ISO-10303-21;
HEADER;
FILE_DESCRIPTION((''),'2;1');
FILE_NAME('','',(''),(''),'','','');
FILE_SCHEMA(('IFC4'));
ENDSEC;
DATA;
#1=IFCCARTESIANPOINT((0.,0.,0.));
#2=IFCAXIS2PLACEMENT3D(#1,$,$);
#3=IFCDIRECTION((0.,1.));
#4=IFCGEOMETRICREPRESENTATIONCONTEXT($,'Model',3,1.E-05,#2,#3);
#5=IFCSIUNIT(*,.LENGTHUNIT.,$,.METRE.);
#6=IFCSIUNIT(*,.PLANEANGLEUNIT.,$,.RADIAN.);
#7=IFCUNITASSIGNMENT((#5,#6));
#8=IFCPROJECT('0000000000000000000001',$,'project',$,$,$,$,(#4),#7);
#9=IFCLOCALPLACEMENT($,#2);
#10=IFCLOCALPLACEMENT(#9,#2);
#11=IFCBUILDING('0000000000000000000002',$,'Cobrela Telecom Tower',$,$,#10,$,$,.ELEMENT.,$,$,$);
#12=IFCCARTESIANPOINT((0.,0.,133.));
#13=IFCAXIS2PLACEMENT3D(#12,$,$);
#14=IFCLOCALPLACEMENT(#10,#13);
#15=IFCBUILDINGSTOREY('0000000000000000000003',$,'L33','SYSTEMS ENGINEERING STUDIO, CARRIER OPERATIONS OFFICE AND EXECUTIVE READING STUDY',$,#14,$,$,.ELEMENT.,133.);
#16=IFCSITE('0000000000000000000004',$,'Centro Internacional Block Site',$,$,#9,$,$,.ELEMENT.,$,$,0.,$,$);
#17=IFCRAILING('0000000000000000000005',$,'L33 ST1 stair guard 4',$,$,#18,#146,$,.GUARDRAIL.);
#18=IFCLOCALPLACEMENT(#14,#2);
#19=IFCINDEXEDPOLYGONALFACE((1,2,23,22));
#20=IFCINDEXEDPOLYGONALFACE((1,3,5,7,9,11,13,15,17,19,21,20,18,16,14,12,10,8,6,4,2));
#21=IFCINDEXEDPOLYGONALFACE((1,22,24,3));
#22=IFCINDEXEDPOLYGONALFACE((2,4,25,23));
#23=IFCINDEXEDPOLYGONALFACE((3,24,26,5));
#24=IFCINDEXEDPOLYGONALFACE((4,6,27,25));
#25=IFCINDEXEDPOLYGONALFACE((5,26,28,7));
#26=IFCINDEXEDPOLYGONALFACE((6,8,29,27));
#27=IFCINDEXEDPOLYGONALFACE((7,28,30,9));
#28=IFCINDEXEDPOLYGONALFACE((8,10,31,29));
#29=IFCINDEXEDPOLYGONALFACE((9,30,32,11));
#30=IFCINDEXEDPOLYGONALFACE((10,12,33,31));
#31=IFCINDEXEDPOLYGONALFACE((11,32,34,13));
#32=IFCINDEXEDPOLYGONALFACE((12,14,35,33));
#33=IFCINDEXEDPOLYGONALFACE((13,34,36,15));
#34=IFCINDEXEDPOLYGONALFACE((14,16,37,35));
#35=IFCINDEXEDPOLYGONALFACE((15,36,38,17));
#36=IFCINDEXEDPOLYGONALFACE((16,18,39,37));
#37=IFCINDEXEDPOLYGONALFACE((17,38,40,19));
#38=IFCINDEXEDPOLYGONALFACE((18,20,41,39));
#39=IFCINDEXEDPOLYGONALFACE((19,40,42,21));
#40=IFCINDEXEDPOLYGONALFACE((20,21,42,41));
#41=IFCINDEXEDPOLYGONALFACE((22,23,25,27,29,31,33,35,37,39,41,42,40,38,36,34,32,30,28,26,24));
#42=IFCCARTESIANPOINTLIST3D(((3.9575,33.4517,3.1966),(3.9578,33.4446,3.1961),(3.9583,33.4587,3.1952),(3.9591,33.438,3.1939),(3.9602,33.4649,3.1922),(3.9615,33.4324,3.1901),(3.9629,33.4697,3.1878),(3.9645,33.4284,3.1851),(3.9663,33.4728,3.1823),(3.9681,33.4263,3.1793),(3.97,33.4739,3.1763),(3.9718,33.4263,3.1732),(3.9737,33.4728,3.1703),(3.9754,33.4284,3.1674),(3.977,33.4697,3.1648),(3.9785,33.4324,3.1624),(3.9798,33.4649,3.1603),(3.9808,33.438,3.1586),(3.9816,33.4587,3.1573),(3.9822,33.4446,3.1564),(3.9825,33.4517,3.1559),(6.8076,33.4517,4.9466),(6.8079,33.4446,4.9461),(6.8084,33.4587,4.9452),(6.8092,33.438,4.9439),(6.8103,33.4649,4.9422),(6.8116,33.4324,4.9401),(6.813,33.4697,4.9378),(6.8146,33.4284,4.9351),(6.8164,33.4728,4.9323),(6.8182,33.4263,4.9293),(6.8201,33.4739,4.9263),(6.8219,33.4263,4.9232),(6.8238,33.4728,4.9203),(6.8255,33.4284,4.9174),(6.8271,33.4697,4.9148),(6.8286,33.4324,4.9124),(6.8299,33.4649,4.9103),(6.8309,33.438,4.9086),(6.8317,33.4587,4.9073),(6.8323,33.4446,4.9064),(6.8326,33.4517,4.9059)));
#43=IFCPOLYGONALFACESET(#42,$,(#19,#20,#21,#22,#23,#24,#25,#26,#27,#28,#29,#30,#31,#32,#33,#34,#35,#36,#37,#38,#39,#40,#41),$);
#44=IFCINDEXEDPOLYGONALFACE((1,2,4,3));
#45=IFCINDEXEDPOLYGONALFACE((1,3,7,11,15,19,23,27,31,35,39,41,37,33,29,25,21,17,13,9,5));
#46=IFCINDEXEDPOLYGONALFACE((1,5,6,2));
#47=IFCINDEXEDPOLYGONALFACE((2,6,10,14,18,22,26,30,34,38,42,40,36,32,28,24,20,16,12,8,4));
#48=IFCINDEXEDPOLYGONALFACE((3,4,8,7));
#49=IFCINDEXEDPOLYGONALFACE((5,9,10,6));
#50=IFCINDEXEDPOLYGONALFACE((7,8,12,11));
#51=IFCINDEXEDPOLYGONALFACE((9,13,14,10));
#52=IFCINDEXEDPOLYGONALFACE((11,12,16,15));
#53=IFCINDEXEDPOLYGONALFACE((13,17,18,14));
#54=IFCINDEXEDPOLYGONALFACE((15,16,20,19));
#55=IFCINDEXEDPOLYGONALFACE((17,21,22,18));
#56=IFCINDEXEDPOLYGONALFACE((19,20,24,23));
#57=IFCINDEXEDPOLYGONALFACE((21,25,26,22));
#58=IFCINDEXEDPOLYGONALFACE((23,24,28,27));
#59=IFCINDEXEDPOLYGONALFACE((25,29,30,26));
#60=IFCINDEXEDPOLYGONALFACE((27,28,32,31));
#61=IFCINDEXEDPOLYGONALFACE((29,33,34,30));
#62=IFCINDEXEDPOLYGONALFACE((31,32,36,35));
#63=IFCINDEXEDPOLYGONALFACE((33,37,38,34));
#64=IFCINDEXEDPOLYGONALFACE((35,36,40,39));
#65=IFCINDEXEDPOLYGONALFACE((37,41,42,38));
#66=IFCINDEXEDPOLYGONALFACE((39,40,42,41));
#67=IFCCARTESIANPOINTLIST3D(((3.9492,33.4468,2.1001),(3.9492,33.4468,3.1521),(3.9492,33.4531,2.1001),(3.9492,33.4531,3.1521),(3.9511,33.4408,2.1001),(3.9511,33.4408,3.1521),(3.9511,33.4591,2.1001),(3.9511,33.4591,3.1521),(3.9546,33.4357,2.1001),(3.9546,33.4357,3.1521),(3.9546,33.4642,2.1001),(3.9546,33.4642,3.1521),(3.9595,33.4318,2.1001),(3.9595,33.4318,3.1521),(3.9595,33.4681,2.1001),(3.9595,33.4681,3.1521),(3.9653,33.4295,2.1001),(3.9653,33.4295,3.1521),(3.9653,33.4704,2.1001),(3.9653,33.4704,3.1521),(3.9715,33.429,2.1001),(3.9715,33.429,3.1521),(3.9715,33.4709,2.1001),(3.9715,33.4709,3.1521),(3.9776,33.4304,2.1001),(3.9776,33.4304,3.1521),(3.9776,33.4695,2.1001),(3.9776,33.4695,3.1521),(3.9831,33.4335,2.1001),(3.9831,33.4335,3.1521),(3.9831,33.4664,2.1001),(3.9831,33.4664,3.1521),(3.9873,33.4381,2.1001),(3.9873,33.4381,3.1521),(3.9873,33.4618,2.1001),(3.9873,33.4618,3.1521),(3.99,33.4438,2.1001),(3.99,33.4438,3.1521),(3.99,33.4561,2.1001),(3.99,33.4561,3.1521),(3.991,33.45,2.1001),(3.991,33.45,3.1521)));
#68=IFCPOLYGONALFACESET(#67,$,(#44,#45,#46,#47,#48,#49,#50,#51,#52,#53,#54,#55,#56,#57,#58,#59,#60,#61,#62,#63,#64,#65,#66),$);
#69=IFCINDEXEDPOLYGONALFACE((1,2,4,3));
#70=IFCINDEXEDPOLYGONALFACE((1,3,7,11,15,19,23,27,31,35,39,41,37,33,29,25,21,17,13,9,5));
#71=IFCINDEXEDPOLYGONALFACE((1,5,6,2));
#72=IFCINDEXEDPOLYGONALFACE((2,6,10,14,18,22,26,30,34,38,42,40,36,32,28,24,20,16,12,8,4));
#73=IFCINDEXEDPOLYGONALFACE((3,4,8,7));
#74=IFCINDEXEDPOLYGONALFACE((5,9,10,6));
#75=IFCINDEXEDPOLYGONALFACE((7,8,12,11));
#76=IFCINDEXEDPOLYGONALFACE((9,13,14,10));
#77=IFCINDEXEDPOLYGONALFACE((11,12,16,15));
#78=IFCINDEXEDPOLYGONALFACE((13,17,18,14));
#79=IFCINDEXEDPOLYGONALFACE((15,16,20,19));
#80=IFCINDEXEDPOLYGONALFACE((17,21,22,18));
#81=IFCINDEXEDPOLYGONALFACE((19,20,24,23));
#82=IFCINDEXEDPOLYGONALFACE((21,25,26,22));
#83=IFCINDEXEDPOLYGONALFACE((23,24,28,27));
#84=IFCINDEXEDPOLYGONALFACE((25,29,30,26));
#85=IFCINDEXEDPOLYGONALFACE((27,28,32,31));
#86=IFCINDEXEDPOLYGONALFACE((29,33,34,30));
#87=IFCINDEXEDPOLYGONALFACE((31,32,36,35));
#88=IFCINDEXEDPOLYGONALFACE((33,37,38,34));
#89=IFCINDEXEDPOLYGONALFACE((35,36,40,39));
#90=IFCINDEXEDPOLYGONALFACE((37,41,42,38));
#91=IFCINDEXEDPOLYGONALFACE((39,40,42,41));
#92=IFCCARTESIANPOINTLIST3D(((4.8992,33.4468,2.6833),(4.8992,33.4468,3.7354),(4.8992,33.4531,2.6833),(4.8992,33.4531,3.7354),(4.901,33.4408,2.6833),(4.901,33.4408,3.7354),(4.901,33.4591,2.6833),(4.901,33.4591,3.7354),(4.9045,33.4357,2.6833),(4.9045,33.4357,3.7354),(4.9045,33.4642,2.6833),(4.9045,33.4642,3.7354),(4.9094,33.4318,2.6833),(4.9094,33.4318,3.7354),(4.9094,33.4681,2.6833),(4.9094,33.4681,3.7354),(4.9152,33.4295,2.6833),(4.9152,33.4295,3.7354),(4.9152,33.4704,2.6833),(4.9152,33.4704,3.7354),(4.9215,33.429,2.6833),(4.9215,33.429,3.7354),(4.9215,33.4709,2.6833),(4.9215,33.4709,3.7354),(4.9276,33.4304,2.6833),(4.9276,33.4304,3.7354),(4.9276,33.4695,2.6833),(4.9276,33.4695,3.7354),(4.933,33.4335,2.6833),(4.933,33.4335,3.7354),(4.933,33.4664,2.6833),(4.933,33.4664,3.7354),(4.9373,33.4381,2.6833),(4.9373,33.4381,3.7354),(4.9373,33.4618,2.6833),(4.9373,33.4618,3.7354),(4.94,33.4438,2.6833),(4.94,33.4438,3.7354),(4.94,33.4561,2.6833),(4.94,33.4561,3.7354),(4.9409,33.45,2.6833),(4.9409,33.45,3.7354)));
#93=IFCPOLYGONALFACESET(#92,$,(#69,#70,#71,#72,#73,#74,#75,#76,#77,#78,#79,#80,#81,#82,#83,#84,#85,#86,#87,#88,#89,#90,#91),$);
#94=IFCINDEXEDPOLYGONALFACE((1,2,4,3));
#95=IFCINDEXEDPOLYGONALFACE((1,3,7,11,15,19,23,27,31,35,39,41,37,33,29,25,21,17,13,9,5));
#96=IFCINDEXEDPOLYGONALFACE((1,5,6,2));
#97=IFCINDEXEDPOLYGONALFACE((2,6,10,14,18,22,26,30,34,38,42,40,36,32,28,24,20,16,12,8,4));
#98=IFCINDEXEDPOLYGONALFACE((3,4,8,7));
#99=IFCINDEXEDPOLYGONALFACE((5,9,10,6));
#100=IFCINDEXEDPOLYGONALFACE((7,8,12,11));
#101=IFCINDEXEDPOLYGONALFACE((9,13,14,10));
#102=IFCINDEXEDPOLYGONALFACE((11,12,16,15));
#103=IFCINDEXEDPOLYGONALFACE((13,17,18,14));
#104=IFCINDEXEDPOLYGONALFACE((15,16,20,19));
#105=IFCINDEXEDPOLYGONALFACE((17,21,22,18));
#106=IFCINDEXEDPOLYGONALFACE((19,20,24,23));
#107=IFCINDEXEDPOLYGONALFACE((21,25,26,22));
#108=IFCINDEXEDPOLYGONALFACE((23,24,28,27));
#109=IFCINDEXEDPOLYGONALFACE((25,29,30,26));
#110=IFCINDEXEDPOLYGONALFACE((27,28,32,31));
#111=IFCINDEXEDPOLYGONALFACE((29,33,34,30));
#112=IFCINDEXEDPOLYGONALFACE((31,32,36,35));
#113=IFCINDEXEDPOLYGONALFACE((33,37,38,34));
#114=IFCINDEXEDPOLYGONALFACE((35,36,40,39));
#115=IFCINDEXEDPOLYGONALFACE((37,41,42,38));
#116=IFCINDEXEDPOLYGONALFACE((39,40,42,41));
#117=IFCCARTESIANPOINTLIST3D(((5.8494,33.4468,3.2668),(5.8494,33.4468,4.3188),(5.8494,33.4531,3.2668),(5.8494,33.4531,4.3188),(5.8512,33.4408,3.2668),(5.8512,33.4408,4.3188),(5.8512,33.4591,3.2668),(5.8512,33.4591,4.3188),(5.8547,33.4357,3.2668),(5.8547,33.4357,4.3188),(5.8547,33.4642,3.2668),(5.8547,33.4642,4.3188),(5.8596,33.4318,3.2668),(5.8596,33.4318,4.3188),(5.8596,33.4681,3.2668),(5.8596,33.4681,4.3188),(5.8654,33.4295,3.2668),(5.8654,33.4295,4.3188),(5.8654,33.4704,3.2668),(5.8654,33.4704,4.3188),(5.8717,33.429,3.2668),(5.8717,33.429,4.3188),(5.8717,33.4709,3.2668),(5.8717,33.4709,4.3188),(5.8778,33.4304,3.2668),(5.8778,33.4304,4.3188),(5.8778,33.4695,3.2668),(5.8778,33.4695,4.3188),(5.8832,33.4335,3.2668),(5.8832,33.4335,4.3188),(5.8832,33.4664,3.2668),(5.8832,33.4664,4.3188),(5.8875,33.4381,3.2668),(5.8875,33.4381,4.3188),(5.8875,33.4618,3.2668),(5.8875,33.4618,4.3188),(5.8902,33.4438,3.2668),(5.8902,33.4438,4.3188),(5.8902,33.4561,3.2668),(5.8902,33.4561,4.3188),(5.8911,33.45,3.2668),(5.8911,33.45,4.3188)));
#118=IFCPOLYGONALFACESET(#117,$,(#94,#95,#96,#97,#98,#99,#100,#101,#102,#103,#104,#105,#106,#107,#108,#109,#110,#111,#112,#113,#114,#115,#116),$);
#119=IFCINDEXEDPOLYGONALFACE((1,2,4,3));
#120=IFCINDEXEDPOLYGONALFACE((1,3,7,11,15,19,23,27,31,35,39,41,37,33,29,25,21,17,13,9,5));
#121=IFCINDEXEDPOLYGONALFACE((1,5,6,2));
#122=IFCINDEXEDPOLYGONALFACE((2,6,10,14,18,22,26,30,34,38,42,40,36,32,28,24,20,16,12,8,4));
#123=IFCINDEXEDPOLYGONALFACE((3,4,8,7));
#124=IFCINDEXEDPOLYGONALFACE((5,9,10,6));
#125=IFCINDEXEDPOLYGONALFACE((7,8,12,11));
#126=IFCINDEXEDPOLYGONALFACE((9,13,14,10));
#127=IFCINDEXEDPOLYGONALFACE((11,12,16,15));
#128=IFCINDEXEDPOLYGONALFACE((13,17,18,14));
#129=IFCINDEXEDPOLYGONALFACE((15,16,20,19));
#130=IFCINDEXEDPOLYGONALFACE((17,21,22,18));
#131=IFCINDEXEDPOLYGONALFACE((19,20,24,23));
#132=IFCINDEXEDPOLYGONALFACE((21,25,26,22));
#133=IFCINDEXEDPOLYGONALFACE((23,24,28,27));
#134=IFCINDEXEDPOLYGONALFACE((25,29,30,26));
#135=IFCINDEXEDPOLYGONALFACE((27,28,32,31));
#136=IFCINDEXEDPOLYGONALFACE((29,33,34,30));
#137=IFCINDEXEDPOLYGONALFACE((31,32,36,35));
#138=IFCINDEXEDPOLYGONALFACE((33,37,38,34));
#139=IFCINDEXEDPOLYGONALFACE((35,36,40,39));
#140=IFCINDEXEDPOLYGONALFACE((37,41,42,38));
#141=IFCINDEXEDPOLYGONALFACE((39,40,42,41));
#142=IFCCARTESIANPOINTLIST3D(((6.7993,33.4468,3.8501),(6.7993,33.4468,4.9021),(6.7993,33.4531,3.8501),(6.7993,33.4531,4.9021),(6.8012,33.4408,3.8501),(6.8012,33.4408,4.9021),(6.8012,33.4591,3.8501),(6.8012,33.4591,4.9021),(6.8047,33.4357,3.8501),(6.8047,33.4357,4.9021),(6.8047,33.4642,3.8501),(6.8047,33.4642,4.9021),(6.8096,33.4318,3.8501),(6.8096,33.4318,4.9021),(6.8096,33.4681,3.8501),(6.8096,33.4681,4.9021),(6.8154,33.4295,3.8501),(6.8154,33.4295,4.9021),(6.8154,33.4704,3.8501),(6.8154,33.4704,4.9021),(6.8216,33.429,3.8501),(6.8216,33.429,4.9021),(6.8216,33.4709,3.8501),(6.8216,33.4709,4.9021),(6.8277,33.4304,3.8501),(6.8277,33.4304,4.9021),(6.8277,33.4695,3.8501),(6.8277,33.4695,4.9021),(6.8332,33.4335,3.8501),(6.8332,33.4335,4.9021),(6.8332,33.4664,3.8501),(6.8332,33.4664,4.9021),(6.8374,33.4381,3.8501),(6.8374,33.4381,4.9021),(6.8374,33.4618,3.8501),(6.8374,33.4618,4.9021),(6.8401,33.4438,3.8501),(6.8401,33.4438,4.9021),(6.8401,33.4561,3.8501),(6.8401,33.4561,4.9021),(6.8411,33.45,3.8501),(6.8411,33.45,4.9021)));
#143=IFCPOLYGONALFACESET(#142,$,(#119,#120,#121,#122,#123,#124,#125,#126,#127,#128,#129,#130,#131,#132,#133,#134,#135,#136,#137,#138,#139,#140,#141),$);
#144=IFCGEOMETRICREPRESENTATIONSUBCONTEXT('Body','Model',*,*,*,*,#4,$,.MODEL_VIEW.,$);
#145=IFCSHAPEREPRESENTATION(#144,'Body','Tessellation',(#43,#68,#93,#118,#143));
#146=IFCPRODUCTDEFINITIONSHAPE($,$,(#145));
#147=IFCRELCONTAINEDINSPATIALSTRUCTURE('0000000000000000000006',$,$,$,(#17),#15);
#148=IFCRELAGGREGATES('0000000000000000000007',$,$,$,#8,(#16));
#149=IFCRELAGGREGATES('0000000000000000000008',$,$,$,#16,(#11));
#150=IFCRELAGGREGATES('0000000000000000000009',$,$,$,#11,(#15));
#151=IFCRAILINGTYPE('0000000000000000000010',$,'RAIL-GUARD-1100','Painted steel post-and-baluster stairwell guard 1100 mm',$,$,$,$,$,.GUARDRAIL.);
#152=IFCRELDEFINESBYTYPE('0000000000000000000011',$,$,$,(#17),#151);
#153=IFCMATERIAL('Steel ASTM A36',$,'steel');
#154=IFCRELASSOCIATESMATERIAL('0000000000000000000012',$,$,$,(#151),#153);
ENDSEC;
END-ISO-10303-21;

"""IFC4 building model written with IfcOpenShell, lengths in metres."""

from ifc_helpers import new_model, si_unit, direction, frame, origin, origin_2d, place, context, subcontext, project, spatial, circle, extrude, material, type_object, element, save


model = new_model("IFC4")

# Units and contexts
model_context = context("Model", 3, precision=1e-05, world=origin(), true_north=direction((0.0, 1.0)))
body_context = subcontext(model_context, "Body", "Model", "MODEL_VIEW")
ifc_project = project(units=[si_unit("LENGTHUNIT", "METRE"), si_unit("PLANEANGLEUNIT", "RADIAN")], contexts=[model_context])

# Site, building, storey
site_placement = place(None, origin())
site = spatial("IfcSite", under=ifc_project, at=site_placement, Name="Centro Internacional Block Site", CompositionType="ELEMENT", RefElevation=0.0)
building_placement = place(site_placement, origin())
building = spatial("IfcBuilding", under=site, at=building_placement, Name="Cobrela Telecom Tower", CompositionType="ELEMENT")
storey_placement = place(building_placement, frame((0.0, 0.0, 133.0)))
storey = spatial("IfcBuildingStorey", under=building, at=storey_placement, Name="L33", Description="SYSTEMS ENGINEERING STUDIO, CARRIER OPERATIONS OFFICE AND EXECUTIVE READING STUDY", CompositionType="ELEMENT", Elevation=133.0)

# Shared definitions
ifc_material_1 = material(Name="Steel ASTM A36", Category="steel")

# Railing
railing_type_1 = type_object("IfcRailingType", Name="RAIL-GUARD-1100", Description="Painted steel post-and-baluster stairwell guard 1100 mm", PredefinedType="GUARDRAIL", material=ifc_material_1)
railing_1_placement = place(storey_placement, frame((3.97, 33.45, 2.1001)))
element("IfcRailing", 1, at=railing_1_placement, inside=storey, type_object=railing_type_1, Name="L33 ST1 stair guard 4", PredefinedType="GUARDRAIL", context=body_context, shape_type="SweptSolid", body=[
    extrude(circle(Radius=0.0239, at=origin_2d()), frame((0.0, 0.0, 1.0762), z_axis=(0.852179, 0.0, 0.52325), x_axis=(0.0, 1.0, 0.0)), (0.0, 0.0, 1.0), 3.3445),
    extrude(circle(Radius=0.021, at=origin_2d()), origin(), (0.0, 0.0, 1.0), 1.052),
    extrude(circle(Radius=0.021, at=origin_2d()), frame((0.95, 0.0, 0.5833)), (0.0, 0.0, 1.0), 1.052),
    extrude(circle(Radius=0.021, at=origin_2d()), frame((1.9001, 0.0, 1.1667)), (0.0, 0.0, 1.0), 1.052),
    extrude(circle(Radius=0.021, at=origin_2d()), frame((2.8501, 0.0, 1.75)), (0.0, 0.0, 1.0), 1.052),
])

save(model, "model.ifc")
